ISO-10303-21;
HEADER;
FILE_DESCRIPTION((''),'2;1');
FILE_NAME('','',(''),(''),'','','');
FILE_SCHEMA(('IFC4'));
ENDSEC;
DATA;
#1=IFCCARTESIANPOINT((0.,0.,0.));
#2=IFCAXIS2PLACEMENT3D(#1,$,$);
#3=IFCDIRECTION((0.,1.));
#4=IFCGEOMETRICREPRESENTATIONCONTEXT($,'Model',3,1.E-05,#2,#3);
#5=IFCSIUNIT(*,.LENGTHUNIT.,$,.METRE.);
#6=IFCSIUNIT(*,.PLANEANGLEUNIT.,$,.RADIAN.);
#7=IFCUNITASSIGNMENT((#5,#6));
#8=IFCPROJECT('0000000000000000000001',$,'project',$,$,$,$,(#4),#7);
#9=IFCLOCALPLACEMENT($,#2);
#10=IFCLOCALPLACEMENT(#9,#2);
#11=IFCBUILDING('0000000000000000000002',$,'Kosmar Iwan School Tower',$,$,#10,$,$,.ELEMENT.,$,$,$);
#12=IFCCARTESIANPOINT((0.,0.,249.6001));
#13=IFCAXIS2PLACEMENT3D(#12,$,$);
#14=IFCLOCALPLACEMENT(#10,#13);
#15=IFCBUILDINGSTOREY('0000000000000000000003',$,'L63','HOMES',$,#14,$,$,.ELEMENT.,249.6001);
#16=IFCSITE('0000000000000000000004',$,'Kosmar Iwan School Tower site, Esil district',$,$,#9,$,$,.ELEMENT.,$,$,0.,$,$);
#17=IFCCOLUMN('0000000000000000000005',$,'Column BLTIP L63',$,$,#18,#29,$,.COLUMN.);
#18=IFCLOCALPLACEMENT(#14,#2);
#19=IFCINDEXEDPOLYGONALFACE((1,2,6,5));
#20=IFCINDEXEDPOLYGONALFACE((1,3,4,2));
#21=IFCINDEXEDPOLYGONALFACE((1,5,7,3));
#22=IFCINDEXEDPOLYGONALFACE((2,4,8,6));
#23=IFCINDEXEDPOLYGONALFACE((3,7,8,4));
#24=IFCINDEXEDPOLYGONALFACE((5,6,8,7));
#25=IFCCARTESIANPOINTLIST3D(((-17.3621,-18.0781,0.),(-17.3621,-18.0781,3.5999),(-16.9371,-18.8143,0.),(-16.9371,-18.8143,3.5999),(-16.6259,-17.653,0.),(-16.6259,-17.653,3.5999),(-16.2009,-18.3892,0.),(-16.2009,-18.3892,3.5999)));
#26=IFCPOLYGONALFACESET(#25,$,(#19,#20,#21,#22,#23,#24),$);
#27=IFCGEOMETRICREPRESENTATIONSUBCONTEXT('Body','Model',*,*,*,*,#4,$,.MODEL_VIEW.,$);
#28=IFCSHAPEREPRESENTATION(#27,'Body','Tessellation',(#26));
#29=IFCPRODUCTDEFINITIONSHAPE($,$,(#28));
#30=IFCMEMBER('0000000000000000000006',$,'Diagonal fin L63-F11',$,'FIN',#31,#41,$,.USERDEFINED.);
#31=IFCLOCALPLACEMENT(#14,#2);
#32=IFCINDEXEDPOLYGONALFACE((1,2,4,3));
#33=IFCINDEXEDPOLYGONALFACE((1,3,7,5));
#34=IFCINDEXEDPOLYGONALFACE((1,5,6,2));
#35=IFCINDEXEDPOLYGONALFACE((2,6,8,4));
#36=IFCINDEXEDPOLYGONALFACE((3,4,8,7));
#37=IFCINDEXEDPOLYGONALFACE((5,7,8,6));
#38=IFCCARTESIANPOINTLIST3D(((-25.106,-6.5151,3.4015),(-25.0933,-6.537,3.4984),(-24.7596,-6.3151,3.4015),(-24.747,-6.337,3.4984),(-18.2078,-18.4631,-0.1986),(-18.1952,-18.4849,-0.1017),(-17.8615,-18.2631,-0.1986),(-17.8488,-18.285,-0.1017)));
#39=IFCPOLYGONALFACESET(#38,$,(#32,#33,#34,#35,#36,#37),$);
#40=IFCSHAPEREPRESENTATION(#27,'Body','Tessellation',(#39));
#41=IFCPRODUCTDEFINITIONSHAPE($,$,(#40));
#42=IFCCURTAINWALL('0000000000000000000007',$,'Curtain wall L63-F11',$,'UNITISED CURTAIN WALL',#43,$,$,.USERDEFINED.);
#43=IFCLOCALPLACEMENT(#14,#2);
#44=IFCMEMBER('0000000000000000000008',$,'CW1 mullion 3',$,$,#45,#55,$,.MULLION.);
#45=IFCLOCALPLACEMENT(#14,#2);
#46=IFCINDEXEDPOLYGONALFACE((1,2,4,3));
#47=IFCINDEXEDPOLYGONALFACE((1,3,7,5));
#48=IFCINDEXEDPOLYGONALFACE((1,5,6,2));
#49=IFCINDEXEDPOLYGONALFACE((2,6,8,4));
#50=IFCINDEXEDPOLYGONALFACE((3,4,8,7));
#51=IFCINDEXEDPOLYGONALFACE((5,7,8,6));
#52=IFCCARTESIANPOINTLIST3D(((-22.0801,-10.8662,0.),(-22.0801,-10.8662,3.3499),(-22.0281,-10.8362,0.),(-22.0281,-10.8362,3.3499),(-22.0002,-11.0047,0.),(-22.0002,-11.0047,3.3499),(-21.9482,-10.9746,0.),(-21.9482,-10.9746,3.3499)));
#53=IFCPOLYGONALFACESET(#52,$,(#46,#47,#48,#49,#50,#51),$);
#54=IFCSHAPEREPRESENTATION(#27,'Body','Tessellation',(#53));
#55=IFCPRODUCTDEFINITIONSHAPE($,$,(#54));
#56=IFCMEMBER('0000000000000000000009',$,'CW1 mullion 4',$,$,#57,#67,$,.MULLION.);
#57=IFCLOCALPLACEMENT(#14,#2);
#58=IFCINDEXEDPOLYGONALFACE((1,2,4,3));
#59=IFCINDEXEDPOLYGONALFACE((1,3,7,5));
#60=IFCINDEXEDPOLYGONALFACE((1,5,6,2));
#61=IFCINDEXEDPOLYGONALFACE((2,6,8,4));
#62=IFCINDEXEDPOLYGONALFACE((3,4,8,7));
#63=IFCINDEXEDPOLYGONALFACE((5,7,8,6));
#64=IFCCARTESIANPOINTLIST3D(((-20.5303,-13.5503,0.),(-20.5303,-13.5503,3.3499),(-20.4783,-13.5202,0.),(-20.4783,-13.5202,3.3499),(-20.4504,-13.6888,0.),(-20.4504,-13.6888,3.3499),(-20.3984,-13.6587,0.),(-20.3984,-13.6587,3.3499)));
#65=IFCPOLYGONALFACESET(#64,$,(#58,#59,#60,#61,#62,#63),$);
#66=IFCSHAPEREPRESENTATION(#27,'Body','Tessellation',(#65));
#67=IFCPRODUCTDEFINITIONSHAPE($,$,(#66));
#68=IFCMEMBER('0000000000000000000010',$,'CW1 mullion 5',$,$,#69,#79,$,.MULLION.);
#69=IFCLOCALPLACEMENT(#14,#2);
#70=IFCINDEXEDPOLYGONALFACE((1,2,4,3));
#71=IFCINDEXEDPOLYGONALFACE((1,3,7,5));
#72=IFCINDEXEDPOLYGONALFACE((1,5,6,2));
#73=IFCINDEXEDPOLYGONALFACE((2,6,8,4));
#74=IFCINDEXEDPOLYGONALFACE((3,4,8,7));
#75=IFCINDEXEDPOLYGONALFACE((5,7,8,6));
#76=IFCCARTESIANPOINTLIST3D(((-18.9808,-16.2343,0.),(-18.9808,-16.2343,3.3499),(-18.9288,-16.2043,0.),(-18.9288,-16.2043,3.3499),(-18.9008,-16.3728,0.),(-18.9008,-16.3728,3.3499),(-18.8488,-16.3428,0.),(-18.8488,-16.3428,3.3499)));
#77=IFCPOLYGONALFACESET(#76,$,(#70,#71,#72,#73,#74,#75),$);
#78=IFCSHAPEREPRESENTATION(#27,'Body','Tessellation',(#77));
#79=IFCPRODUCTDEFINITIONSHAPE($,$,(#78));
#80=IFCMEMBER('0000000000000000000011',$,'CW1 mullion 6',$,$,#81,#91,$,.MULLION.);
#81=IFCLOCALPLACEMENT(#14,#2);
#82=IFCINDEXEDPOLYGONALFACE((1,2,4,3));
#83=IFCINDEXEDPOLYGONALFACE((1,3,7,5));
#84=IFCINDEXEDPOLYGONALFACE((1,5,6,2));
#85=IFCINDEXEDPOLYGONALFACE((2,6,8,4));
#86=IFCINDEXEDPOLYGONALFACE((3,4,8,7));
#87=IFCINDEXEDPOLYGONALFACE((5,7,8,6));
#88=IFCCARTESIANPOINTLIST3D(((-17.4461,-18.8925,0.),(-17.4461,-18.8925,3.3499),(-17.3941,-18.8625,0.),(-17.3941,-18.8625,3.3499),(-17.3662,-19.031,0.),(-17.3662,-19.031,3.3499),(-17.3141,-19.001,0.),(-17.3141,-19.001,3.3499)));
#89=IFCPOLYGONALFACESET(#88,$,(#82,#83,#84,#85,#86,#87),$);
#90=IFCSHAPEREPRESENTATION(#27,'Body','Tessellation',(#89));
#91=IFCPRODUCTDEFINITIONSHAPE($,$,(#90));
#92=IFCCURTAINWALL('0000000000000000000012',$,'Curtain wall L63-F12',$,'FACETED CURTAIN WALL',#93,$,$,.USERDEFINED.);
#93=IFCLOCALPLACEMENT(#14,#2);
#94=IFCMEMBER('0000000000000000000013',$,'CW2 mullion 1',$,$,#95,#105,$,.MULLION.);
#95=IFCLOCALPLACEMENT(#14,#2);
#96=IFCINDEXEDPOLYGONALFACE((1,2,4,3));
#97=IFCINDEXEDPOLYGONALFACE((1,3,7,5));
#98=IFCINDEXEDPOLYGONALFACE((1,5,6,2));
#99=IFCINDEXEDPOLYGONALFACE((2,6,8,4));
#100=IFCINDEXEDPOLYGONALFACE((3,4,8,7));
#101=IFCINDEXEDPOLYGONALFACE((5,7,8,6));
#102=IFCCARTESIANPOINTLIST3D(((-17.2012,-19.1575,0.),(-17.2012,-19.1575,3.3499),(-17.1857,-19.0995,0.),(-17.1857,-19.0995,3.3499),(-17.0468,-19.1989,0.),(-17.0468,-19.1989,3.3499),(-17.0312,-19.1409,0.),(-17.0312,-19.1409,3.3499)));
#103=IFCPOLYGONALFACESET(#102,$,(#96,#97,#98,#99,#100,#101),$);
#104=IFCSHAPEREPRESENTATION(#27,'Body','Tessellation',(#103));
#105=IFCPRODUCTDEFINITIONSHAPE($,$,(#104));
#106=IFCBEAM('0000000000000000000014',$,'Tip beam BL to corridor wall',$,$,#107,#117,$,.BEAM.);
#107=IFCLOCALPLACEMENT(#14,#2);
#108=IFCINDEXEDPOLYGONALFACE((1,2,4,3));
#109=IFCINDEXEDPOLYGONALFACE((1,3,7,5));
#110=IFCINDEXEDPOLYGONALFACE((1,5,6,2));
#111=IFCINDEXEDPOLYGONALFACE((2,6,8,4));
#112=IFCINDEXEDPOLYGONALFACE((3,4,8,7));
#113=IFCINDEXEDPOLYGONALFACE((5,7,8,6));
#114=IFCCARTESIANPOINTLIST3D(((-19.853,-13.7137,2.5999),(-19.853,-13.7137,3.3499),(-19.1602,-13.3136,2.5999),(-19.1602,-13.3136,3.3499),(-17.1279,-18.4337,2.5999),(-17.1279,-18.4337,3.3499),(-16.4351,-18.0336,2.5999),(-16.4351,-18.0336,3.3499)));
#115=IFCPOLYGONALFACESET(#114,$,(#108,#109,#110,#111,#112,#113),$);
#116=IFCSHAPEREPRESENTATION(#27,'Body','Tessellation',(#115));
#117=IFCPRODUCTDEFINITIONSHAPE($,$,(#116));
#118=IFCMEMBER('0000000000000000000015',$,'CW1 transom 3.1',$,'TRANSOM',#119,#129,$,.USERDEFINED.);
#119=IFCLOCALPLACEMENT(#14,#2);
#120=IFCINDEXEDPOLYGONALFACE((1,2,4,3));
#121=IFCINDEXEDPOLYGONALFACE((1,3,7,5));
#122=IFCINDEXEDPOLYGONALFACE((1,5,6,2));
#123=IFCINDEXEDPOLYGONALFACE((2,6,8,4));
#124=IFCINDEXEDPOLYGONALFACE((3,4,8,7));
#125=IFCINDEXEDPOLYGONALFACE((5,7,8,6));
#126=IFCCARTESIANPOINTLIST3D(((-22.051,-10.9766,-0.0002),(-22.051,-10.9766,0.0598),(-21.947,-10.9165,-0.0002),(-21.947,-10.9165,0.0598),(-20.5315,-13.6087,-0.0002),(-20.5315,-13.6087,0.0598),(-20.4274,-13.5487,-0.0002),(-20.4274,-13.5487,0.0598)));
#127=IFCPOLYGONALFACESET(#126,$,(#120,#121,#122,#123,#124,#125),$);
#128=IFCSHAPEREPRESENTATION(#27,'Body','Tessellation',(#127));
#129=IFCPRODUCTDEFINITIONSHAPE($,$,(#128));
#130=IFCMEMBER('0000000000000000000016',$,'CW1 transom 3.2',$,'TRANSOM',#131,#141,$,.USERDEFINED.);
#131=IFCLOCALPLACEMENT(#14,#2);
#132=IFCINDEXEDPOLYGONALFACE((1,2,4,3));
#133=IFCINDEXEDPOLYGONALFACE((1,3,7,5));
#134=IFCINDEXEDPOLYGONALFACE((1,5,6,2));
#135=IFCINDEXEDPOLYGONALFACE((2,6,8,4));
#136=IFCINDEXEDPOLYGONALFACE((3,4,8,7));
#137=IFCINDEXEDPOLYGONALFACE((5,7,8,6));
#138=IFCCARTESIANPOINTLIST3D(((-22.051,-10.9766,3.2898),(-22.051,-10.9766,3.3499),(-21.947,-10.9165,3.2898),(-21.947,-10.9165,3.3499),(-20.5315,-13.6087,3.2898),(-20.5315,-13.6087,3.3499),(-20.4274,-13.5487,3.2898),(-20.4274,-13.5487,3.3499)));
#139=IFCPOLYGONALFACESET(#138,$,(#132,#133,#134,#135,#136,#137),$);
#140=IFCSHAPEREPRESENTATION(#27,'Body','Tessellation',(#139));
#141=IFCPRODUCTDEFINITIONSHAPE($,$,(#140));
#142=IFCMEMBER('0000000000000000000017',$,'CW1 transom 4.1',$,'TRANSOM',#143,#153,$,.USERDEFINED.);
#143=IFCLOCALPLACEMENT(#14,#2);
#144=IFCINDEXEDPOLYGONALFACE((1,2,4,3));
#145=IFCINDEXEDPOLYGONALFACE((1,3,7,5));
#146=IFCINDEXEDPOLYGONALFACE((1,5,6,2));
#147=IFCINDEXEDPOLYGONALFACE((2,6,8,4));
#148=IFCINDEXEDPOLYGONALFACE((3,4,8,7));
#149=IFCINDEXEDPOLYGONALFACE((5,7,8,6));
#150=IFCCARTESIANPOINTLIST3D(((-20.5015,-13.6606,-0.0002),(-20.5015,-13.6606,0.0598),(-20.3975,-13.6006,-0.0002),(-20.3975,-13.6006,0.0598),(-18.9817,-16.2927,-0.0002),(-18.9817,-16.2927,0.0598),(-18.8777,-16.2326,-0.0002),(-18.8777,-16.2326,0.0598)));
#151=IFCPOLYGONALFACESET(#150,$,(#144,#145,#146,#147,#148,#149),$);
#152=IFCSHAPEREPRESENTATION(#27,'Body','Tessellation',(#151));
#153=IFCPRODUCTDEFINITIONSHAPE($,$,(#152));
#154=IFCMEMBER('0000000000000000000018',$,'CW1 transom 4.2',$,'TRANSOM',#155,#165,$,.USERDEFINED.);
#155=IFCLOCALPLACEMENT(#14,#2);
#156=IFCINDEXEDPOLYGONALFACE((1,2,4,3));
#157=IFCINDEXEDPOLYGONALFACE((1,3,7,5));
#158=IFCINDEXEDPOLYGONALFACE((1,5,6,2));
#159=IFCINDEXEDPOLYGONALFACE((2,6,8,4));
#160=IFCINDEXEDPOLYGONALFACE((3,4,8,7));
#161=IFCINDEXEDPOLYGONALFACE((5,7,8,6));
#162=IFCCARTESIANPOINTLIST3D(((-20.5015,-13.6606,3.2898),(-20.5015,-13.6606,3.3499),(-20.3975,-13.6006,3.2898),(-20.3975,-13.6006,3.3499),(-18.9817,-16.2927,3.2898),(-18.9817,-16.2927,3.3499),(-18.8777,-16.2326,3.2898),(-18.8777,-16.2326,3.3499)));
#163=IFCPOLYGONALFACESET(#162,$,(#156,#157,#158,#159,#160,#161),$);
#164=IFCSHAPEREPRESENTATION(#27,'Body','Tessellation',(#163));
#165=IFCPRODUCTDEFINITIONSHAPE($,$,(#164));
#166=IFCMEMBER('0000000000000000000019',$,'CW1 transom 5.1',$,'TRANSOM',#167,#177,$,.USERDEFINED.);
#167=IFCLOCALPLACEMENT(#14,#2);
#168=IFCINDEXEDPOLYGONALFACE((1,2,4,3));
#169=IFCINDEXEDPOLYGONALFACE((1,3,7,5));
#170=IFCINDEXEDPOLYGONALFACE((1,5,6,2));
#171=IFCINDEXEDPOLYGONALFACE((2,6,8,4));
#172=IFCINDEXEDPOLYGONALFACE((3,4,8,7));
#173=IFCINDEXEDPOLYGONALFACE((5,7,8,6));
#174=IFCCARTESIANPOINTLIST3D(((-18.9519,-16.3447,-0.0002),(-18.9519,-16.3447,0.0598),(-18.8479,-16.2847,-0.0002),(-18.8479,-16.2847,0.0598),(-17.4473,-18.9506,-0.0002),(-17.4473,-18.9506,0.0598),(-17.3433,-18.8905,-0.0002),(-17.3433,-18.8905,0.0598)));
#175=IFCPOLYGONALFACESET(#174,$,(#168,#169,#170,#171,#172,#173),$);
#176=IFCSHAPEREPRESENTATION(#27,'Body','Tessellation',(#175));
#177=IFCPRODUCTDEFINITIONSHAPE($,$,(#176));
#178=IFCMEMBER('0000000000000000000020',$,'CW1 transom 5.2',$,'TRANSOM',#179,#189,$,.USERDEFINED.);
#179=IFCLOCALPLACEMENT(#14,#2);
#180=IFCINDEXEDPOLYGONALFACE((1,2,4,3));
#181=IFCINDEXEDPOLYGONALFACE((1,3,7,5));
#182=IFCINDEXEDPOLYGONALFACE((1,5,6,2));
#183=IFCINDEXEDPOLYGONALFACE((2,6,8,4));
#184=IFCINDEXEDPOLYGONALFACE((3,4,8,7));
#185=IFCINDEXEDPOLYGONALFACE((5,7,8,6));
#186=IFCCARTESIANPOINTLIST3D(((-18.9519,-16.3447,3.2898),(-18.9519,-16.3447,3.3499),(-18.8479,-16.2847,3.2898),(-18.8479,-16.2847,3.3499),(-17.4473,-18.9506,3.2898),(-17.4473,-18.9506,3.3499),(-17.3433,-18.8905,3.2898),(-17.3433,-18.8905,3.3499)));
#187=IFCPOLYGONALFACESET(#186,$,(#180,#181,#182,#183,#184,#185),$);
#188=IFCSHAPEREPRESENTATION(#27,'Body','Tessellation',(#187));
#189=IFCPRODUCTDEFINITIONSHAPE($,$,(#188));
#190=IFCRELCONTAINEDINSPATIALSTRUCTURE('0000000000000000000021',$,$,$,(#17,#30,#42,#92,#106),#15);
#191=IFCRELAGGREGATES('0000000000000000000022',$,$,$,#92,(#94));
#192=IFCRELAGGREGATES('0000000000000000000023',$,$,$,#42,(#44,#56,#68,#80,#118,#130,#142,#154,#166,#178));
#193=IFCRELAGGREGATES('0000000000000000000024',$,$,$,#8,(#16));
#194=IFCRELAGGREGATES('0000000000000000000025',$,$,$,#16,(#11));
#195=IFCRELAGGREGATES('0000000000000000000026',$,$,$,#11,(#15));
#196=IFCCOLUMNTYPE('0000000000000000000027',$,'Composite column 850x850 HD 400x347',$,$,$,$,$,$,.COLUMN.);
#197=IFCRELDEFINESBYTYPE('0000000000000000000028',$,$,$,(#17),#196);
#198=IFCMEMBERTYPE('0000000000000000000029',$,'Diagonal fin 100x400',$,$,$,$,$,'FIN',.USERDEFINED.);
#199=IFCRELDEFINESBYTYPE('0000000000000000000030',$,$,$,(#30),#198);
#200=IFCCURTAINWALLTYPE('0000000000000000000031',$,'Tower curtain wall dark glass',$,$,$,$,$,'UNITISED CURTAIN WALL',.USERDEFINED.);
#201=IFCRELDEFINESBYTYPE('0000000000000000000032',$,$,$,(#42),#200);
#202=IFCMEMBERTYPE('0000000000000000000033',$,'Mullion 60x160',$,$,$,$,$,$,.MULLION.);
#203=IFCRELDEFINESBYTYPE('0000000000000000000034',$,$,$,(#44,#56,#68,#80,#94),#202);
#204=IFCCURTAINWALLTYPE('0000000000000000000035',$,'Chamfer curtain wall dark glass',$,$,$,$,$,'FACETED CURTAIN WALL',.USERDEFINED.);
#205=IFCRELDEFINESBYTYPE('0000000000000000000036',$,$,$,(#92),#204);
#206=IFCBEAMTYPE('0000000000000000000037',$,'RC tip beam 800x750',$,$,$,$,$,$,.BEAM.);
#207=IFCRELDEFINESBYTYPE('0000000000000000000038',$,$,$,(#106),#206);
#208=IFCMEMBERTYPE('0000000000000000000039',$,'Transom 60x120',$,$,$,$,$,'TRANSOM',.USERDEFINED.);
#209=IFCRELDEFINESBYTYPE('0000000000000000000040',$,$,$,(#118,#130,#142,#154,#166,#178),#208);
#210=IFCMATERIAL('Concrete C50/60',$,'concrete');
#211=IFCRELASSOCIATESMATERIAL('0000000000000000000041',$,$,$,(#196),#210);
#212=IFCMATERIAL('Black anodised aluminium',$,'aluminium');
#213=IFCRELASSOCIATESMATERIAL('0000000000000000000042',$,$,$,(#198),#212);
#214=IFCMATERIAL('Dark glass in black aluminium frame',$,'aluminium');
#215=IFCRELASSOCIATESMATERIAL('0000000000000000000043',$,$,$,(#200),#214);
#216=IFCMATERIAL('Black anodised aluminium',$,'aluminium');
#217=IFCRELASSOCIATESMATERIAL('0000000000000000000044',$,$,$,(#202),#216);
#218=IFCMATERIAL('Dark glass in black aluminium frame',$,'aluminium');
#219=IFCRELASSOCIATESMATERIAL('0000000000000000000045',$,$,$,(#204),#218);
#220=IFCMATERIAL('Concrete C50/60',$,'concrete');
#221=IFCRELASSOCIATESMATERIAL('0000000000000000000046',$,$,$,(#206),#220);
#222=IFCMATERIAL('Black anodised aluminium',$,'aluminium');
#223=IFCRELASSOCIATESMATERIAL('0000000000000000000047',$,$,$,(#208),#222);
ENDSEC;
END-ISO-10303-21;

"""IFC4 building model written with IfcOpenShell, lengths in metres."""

from ifc_helpers import new_model, si_unit, direction, frame, origin, origin_2d, place, context, subcontext, project, spatial, rectangle, extrude, material, material_profile, profile_set, type_object, element, aggregate, save


model = new_model("IFC4")

# Units and contexts
model_context = context("Model", 3, precision=1e-05, world=origin(), true_north=direction((0.0, 1.0)))
body_context = subcontext(model_context, "Body", "Model", "MODEL_VIEW")
ifc_project = project(units=[si_unit("LENGTHUNIT", "METRE"), si_unit("PLANEANGLEUNIT", "RADIAN")], contexts=[model_context])

# Site, building, storey
site_placement = place(None, origin())
site = spatial("IfcSite", under=ifc_project, at=site_placement, Name="Kosmar Iwan School Tower site, Esil district", CompositionType="ELEMENT", RefElevation=0.0)
building_placement = place(site_placement, origin())
building = spatial("IfcBuilding", under=site, at=building_placement, Name="Kosmar Iwan School Tower", CompositionType="ELEMENT")
storey_placement = place(building_placement, frame((0.0, 0.0, 249.6001)))
storey = spatial("IfcBuildingStorey", under=building, at=storey_placement, Name="L63", Description="HOMES", CompositionType="ELEMENT", Elevation=249.6001)

# Column
ifc_material_1 = material(Name="Concrete C50/60", Category="concrete")
ifc_material_profile_1 = material_profile(ifc_material_1, rectangle(XDim=0.8501, YDim=0.8501, at=origin_2d()), Name="RC 850x850 + HD 400x347")
ifc_profile_set_1 = profile_set([ifc_material_profile_1], Name="Concrete C50/60")
column_type = type_object("IfcColumnType", Name="Composite column 850x850 HD 400x347", PredefinedType="COLUMN", material=ifc_profile_set_1)
column_placement = place(storey_placement, frame((-16.7815, -18.2336, 0.0), z_axis=(0.0, 0.0, 1.0), x_axis=(-0.866025, -0.5, 0.0)))
element("IfcColumn", 1, at=column_placement, inside=storey, type_object=column_type, Name="Column BLTIP L63", PredefinedType="COLUMN", context=body_context, shape_type="SweptSolid", body=[
    extrude(rectangle(XDim=0.8501, YDim=0.8501, at=origin_2d()), origin(), (0.0, 0.0, 1.0), 3.5999),
])

# Member
ifc_material_2 = material(Name="Black anodised aluminium", Category="aluminium")
ifc_material_profile_2 = material_profile(ifc_material_2, rectangle(XDim=0.1001, YDim=0.3999, at=origin_2d()), Name="FIN 100x400")
ifc_profile_set_2 = profile_set([ifc_material_profile_2], Name="Black anodised aluminium")
member_type_1 = type_object("IfcMemberType", Name="Diagonal fin 100x400", ElementType="FIN", PredefinedType="USERDEFINED", material=ifc_profile_set_2)
member_1_placement = place(storey_placement, frame((-18.0283, -18.374, -0.1501), z_axis=(-0.4838, 0.837965, 0.252491), x_axis=(0.126245, -0.218663, 0.967599)))
element("IfcMember", 2, at=member_1_placement, inside=storey, type_object=member_type_1, Name="Diagonal fin L63-F11", ObjectType="FIN", PredefinedType="USERDEFINED", context=body_context, shape_type="SweptSolid", body=[
    extrude(rectangle(XDim=0.1001, YDim=0.3999, at=origin_2d()), origin(), (0.0, 0.0, 1.0), 14.2583),
])

# Curtain wall, members
ifc_material_3 = material(Name="Dark glass in black aluminium frame", Category="aluminium")
curtain_wall_type_1 = type_object("IfcCurtainWallType", Name="Tower curtain wall dark glass", ElementType="UNITISED CURTAIN WALL", PredefinedType="USERDEFINED", material=ifc_material_3)
curtain_wall_1_placement = place(storey_placement, origin())
curtain_wall_1 = element("IfcCurtainWall", 3, at=curtain_wall_1_placement, inside=storey, type_object=curtain_wall_type_1, Name="Curtain wall L63-F11", ObjectType="UNITISED CURTAIN WALL", PredefinedType="USERDEFINED")
ifc_material_4 = material(Name="Black anodised aluminium", Category="aluminium")
ifc_material_profile_3 = material_profile(ifc_material_4, rectangle(XDim=0.0601, YDim=0.1599, at=origin_2d()), Name="MULLION 60x160")
ifc_profile_set_3 = profile_set([ifc_material_profile_3], Name="Black anodised aluminium")
member_type_2 = type_object("IfcMemberType", Name="Mullion 60x160", PredefinedType="MULLION", material=ifc_profile_set_3)
member_2_placement = place(storey_placement, frame((-22.0142, -10.9204, 0.0), z_axis=(0.0, 0.0, 1.0), x_axis=(0.866025, 0.5, 0.0)))
member_2 = element("IfcMember", 4, at=member_2_placement, type_object=member_type_2, Name="CW1 mullion 3", PredefinedType="MULLION", context=body_context, shape_type="SweptSolid", body=[
    extrude(rectangle(XDim=0.0601, YDim=0.1599, at=origin_2d()), origin(), (0.0, 0.0, 1.0), 3.3499),
])
member_3_placement = place(storey_placement, frame((-20.4644, -13.6045, 0.0), z_axis=(0.0, 0.0, 1.0), x_axis=(0.866025, 0.5, 0.0)))
member_3 = element("IfcMember", 5, at=member_3_placement, type_object=member_type_2, Name="CW1 mullion 4", PredefinedType="MULLION", context=body_context, shape_type="SweptSolid", body=[
    extrude(rectangle(XDim=0.0601, YDim=0.1599, at=origin_2d()), origin(), (0.0, 0.0, 1.0), 3.3499),
])
member_4_placement = place(storey_placement, frame((-18.9148, -16.2886, 0.0), z_axis=(0.0, 0.0, 1.0), x_axis=(0.866025, 0.5, 0.0)))
member_4 = element("IfcMember", 6, at=member_4_placement, type_object=member_type_2, Name="CW1 mullion 5", PredefinedType="MULLION", context=body_context, shape_type="SweptSolid", body=[
    extrude(rectangle(XDim=0.0601, YDim=0.1599, at=origin_2d()), origin(), (0.0, 0.0, 1.0), 3.3499),
])
member_5_placement = place(storey_placement, frame((-17.3801, -18.9468, 0.0), z_axis=(0.0, 0.0, 1.0), x_axis=(0.866025, 0.5, 0.0)))
member_5 = element("IfcMember", 7, at=member_5_placement, type_object=member_type_2, Name="CW1 mullion 6", PredefinedType="MULLION", context=body_context, shape_type="SweptSolid", body=[
    extrude(rectangle(XDim=0.0601, YDim=0.1599, at=origin_2d()), origin(), (0.0, 0.0, 1.0), 3.3499),
])

# Curtain wall, member
ifc_material_5 = material(Name="Dark glass in black aluminium frame", Category="aluminium")
curtain_wall_type_2 = type_object("IfcCurtainWallType", Name="Chamfer curtain wall dark glass", ElementType="FACETED CURTAIN WALL", PredefinedType="USERDEFINED", material=ifc_material_5)
curtain_wall_2_placement = place(storey_placement, origin())
curtain_wall_2 = element("IfcCurtainWall", 8, at=curtain_wall_2_placement, inside=storey, type_object=curtain_wall_type_2, Name="Curtain wall L63-F12", ObjectType="FACETED CURTAIN WALL", PredefinedType="USERDEFINED")
member_6_placement = place(storey_placement, frame((-17.1162, -19.1492, 0.0), z_axis=(0.0, 0.0, 1.0), x_axis=(0.258819, 0.965926, 0.0)))
member_6 = element("IfcMember", 9, at=member_6_placement, type_object=member_type_2, Name="CW2 mullion 1", PredefinedType="MULLION", context=body_context, shape_type="SweptSolid", body=[
    extrude(rectangle(XDim=0.0601, YDim=0.1599, at=origin_2d()), origin(), (0.0, 0.0, 1.0), 3.3499),
])

# Beam
ifc_material_6 = material(Name="Concrete C50/60", Category="concrete")
ifc_material_profile_4 = material_profile(ifc_material_6, rectangle(XDim=0.8, YDim=0.75, at=origin_2d()), Name="RC 800x750")
ifc_profile_set_4 = profile_set([ifc_material_profile_4], Name="Concrete C50/60")
beam_type = type_object("IfcBeamType", Name="RC tip beam 800x750", PredefinedType="BEAM", material=ifc_profile_set_4)
beam_placement = place(storey_placement, frame((-16.7815, -18.2336, 2.9749), z_axis=(-0.500003, 0.866024, 0.0), x_axis=(-0.866024, -0.500003, 0.0)))
element("IfcBeam", 10, at=beam_placement, inside=storey, type_object=beam_type, Name="Tip beam BL to corridor wall", PredefinedType="BEAM", context=body_context, shape_type="SweptSolid", body=[
    extrude(rectangle(XDim=0.8, YDim=0.75, at=origin_2d()), origin(), (0.0, 0.0, 1.0), 5.4502),
])

# Members
ifc_material_7 = material(Name="Black anodised aluminium", Category="aluminium")
ifc_material_profile_5 = material_profile(ifc_material_7, rectangle(XDim=0.1201, YDim=0.0601, at=origin_2d()), Name="TRANSOM 60x120")
ifc_profile_set_5 = profile_set([ifc_material_profile_5], Name="Black anodised aluminium")
member_type_3 = type_object("IfcMemberType", Name="Transom 60x120", ElementType="TRANSOM", PredefinedType="USERDEFINED", material=ifc_profile_set_5)
member_7_placement = place(storey_placement, frame((-21.999, -10.9465, 0.0298), z_axis=(0.499975, -0.86604, 0.0), x_axis=(0.86604, 0.499975, 0.0)))
member_7 = element("IfcMember", 11, at=member_7_placement, type_object=member_type_3, Name="CW1 transom 3.1", ObjectType="TRANSOM", PredefinedType="USERDEFINED", context=body_context, shape_type="SweptSolid", body=[
    extrude(rectangle(XDim=0.1201, YDim=0.0601, at=origin_2d()), origin(), (0.0, 0.0, 1.0), 3.0393),
])
member_8_placement = place(storey_placement, frame((-21.999, -10.9465, 3.3198), z_axis=(0.499975, -0.86604, 0.0), x_axis=(0.86604, 0.499975, 0.0)))
member_8 = element("IfcMember", 12, at=member_8_placement, type_object=member_type_3, Name="CW1 transom 3.2", ObjectType="TRANSOM", PredefinedType="USERDEFINED", context=body_context, shape_type="SweptSolid", body=[
    extrude(rectangle(XDim=0.1201, YDim=0.0601, at=origin_2d()), origin(), (0.0, 0.0, 1.0), 3.0393),
])
member_9_placement = place(storey_placement, frame((-20.4495, -13.6306, 0.0298), z_axis=(0.500035, -0.866005, 0.0), x_axis=(0.866005, 0.500035, 0.0)))
member_9 = element("IfcMember", 13, at=member_9_placement, type_object=member_type_3, Name="CW1 transom 4.1", ObjectType="TRANSOM", PredefinedType="USERDEFINED", context=body_context, shape_type="SweptSolid", body=[
    extrude(rectangle(XDim=0.1201, YDim=0.0601, at=origin_2d()), origin(), (0.0, 0.0, 1.0), 3.0393),
])
member_10_placement = place(storey_placement, frame((-20.4495, -13.6306, 3.3198), z_axis=(0.500035, -0.866005, 0.0), x_axis=(0.866005, 0.500035, 0.0)))
member_10 = element("IfcMember", 14, at=member_10_placement, type_object=member_type_3, Name="CW1 transom 4.2", ObjectType="TRANSOM", PredefinedType="USERDEFINED", context=body_context, shape_type="SweptSolid", body=[
    extrude(rectangle(XDim=0.1201, YDim=0.0601, at=origin_2d()), origin(), (0.0, 0.0, 1.0), 3.0393),
])
member_11_placement = place(storey_placement, frame((-18.8999, -16.3147, 0.0298), z_axis=(0.500022, -0.866013, 0.0), x_axis=(0.866013, 0.500022, 0.0)))
member_11 = element("IfcMember", 15, at=member_11_placement, type_object=member_type_3, Name="CW1 transom 5.1", ObjectType="TRANSOM", PredefinedType="USERDEFINED", context=body_context, shape_type="SweptSolid", body=[
    extrude(rectangle(XDim=0.1201, YDim=0.0601, at=origin_2d()), origin(), (0.0, 0.0, 1.0), 3.009),
])
member_12_placement = place(storey_placement, frame((-18.8999, -16.3147, 3.3198), z_axis=(0.500022, -0.866013, 0.0), x_axis=(0.866013, 0.500022, 0.0)))
member_12 = element("IfcMember", 16, at=member_12_placement, type_object=member_type_3, Name="CW1 transom 5.2", ObjectType="TRANSOM", PredefinedType="USERDEFINED", context=body_context, shape_type="SweptSolid", body=[
    extrude(rectangle(XDim=0.1201, YDim=0.0601, at=origin_2d()), origin(), (0.0, 0.0, 1.0), 3.009),
])
aggregate(curtain_wall_2, [member_6])

aggregate(curtain_wall_1, [member_2, member_3, member_4, member_5, member_7, member_8, member_9, member_10, member_11, member_12])

save(model, "model.ifc")
